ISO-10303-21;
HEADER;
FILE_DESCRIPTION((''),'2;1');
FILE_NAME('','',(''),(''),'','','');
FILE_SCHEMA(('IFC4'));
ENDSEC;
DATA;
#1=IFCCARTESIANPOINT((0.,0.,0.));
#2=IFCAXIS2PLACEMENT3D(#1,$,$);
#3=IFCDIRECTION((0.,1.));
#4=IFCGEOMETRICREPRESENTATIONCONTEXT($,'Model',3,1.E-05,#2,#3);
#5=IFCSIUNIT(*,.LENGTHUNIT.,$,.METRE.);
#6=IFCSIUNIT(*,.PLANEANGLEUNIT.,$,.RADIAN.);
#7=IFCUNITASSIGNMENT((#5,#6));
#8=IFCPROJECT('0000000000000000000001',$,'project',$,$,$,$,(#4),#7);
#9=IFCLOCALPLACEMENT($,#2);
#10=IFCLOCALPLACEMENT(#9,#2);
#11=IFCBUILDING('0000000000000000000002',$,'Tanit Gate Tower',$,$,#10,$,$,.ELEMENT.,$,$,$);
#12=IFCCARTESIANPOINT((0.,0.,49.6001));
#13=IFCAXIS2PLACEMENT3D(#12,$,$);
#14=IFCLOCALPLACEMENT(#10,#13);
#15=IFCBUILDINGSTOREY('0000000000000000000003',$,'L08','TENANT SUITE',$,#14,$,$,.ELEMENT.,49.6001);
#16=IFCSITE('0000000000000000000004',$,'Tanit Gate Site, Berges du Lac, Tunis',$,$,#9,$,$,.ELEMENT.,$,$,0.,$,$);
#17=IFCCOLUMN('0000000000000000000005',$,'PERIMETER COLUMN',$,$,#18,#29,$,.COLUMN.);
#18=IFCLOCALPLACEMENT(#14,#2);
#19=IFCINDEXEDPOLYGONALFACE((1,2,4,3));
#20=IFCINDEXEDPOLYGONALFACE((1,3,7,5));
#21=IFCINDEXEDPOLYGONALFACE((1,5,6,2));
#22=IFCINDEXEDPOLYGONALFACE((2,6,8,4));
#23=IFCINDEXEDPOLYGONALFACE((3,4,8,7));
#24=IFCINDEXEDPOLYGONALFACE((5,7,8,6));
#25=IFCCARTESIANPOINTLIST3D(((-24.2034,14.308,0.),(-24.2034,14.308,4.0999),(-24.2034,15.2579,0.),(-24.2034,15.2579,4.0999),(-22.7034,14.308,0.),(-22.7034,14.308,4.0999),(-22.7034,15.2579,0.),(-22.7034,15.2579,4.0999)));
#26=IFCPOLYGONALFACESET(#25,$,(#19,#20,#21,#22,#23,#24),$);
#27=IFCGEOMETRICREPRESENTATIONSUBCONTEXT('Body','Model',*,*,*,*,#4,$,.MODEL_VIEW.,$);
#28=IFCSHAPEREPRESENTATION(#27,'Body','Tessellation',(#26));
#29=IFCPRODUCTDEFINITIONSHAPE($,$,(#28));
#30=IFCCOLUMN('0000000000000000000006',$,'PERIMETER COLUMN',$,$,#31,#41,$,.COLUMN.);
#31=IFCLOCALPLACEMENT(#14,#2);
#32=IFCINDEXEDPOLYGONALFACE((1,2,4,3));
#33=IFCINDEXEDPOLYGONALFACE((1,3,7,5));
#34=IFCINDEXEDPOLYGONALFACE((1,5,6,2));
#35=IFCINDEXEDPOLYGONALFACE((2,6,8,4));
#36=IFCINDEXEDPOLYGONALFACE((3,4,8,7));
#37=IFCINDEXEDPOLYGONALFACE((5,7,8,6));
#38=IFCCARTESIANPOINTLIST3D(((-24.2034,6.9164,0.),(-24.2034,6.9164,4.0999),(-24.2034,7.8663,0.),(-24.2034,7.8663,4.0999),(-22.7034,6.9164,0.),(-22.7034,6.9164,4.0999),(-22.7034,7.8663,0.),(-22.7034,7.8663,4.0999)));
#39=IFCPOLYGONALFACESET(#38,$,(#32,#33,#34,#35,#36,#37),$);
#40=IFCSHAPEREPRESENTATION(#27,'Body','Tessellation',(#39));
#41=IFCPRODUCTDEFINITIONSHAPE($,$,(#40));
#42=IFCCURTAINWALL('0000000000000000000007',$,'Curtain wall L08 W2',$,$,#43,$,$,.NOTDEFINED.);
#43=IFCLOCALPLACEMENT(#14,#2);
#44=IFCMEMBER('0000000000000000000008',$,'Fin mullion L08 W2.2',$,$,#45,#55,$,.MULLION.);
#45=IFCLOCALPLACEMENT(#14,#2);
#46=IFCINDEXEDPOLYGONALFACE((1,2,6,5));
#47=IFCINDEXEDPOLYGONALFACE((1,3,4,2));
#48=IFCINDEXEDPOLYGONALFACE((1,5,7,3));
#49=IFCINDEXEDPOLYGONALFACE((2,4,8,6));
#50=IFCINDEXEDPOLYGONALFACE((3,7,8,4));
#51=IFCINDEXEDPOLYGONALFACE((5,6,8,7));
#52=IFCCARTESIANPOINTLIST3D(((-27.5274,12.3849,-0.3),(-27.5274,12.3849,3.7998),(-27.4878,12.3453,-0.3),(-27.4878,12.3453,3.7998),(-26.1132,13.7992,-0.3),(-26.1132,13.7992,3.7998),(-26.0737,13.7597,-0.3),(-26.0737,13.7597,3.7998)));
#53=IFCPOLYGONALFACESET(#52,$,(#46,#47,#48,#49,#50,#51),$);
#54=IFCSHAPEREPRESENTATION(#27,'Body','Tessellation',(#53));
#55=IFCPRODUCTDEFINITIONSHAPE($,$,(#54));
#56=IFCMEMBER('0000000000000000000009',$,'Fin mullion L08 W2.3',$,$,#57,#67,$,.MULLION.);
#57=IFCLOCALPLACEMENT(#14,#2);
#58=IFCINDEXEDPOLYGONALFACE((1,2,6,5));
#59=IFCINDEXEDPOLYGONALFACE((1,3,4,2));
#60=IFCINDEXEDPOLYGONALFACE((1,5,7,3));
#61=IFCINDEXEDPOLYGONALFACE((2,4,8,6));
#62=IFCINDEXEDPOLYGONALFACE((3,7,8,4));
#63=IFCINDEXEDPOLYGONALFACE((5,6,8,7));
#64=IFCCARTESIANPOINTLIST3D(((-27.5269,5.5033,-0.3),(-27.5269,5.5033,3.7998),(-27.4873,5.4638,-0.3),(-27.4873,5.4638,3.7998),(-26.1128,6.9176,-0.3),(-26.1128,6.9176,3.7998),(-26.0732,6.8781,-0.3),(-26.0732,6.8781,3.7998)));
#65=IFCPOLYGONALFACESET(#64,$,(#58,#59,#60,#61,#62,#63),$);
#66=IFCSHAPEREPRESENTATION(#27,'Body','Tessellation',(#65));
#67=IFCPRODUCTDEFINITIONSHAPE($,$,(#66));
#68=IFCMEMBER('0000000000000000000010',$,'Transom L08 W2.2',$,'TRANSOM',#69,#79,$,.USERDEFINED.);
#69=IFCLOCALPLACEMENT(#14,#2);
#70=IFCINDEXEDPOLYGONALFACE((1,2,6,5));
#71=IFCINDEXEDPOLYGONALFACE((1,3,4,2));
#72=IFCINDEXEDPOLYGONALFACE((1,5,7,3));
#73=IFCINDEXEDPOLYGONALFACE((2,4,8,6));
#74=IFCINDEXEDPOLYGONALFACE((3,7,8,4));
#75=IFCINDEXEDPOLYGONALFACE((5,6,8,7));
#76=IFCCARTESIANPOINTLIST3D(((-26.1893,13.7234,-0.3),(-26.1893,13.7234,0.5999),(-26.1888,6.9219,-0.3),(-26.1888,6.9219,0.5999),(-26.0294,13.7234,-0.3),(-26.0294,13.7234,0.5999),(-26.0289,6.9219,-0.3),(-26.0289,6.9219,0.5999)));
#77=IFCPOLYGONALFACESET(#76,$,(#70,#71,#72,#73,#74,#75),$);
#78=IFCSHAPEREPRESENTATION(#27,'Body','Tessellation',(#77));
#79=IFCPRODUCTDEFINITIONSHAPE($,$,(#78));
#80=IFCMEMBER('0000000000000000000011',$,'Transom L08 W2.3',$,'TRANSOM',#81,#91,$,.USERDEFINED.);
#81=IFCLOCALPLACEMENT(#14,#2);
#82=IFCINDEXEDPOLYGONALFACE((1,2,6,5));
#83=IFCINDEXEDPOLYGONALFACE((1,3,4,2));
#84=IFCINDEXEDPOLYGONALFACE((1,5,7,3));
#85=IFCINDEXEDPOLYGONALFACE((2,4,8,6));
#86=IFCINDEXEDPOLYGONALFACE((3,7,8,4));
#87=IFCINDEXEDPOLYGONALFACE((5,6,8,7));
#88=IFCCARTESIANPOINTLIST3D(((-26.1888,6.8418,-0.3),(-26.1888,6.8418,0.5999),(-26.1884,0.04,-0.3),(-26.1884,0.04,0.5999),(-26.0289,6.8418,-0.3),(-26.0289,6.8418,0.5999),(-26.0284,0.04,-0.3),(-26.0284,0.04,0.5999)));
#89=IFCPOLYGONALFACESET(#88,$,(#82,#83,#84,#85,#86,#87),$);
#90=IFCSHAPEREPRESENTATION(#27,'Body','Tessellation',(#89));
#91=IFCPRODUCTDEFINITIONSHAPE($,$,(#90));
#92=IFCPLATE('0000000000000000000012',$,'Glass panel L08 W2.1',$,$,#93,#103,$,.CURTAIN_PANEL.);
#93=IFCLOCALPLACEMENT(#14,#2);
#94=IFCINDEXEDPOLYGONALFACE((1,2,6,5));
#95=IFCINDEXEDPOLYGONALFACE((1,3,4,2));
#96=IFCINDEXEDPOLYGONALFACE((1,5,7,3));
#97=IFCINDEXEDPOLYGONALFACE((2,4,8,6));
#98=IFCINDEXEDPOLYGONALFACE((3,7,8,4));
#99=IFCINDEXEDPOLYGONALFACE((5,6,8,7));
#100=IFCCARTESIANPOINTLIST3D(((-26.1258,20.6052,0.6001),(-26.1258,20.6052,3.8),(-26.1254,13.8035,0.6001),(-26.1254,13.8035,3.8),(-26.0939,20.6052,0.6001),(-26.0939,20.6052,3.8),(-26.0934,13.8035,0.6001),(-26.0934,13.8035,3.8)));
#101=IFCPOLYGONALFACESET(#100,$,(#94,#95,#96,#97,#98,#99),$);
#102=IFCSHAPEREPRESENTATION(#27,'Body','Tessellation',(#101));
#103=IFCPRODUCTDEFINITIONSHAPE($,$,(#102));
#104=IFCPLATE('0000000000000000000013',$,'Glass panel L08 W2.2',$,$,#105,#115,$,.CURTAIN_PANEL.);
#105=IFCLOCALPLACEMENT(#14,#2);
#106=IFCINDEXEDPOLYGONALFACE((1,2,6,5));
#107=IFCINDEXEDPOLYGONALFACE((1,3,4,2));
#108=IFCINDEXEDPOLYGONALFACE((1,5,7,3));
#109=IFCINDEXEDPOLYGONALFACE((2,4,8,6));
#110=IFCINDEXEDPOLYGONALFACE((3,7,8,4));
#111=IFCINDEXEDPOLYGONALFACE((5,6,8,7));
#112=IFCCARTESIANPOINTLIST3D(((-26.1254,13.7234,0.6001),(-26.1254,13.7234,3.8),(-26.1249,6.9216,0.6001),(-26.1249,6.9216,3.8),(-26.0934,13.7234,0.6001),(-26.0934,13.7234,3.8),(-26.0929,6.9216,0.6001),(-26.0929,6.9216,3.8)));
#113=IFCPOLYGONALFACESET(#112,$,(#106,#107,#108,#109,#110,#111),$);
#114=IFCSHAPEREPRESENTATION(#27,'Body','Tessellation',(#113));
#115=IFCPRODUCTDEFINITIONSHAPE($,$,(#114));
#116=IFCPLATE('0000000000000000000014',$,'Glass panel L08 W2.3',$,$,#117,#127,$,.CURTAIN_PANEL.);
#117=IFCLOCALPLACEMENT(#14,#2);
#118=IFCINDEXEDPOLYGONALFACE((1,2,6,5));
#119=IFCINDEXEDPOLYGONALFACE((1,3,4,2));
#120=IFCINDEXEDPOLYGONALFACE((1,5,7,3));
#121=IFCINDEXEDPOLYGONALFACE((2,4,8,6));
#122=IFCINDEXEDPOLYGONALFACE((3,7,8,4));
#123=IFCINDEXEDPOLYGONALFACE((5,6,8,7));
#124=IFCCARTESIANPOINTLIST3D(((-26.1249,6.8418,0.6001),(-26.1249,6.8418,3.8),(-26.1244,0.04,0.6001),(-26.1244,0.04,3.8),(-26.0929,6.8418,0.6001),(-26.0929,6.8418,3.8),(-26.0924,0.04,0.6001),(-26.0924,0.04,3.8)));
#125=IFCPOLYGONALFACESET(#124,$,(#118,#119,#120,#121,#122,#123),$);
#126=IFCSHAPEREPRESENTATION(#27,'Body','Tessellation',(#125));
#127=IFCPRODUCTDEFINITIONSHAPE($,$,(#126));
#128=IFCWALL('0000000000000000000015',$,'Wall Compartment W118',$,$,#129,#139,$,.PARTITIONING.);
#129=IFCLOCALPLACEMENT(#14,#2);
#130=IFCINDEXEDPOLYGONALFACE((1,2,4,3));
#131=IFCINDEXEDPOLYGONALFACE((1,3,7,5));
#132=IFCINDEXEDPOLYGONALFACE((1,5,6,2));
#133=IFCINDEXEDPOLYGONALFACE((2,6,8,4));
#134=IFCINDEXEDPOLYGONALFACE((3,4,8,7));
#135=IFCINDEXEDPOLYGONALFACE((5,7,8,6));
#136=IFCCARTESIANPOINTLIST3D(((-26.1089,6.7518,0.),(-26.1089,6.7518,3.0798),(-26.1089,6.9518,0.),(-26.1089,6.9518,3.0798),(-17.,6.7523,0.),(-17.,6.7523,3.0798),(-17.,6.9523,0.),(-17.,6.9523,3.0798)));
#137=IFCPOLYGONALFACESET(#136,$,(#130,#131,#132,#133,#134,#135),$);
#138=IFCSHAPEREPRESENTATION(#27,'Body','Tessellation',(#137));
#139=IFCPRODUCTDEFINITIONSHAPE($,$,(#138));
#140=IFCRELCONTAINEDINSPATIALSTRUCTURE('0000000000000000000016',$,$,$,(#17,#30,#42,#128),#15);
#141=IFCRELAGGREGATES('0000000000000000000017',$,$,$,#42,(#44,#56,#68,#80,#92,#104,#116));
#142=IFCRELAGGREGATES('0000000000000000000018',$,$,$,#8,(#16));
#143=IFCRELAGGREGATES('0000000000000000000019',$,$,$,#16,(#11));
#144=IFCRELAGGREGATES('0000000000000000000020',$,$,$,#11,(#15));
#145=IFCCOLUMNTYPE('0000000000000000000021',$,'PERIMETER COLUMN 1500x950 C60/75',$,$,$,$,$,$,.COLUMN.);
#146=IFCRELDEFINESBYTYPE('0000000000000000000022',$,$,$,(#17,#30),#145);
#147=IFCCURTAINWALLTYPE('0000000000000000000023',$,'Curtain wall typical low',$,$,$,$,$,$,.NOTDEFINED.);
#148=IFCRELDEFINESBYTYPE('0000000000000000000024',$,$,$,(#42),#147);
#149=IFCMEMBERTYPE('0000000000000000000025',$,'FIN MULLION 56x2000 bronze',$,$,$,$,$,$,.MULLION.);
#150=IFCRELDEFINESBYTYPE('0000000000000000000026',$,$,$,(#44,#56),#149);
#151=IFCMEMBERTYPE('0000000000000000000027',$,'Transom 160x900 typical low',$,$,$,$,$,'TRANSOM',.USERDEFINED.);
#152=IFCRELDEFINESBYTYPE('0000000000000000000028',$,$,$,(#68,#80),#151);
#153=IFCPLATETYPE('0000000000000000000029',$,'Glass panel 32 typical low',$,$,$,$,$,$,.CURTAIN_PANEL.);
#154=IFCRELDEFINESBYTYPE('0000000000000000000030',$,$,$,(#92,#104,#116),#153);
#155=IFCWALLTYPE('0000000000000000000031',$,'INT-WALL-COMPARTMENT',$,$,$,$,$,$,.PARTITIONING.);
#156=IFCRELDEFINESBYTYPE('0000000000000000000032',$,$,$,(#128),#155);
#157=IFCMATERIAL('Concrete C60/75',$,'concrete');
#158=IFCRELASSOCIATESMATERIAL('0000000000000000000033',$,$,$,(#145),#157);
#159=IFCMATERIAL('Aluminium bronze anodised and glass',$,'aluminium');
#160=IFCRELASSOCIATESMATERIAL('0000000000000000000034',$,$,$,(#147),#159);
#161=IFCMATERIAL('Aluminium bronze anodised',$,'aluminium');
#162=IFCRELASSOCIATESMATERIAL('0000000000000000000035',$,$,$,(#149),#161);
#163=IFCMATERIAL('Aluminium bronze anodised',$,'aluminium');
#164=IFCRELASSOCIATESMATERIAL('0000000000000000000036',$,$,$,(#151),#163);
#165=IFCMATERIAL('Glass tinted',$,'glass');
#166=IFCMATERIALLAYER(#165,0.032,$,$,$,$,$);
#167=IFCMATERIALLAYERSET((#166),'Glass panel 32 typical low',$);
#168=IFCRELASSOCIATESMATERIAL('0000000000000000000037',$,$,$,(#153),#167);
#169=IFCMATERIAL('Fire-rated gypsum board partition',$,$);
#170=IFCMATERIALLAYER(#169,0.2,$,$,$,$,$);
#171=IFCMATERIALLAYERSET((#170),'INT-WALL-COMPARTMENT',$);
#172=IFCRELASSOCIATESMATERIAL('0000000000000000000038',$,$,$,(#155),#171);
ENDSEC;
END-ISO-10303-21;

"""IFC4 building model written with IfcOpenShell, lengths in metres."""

from ifc_helpers import new_model, si_unit, direction, frame, frame_2d, origin, origin_2d, place, context, subcontext, project, spatial, rectangle, extrude, material, layer, layer_set, material_profile, profile_set, type_object, element, aggregate, save


model = new_model("IFC4")

# Units and contexts
model_context = context("Model", 3, precision=1e-05, world=origin(), true_north=direction((0.0, 1.0)))
body_context = subcontext(model_context, "Body", "Model", "MODEL_VIEW")
ifc_project = project(units=[si_unit("LENGTHUNIT", "METRE"), si_unit("PLANEANGLEUNIT", "RADIAN")], contexts=[model_context])

# Site, building, storey
site_placement = place(None, origin())
site = spatial("IfcSite", under=ifc_project, at=site_placement, Name="Tanit Gate Site, Berges du Lac, Tunis", CompositionType="ELEMENT", RefElevation=0.0)
building_placement = place(site_placement, origin())
building = spatial("IfcBuilding", under=site, at=building_placement, Name="Tanit Gate Tower", CompositionType="ELEMENT")
storey_placement = place(building_placement, frame((0.0, 0.0, 49.6001)))
storey = spatial("IfcBuildingStorey", under=building, at=storey_placement, Name="L08", Description="TENANT SUITE", CompositionType="ELEMENT", Elevation=49.6001)

# Columns
ifc_material_1 = material(Name="Concrete C60/75", Category="concrete")
ifc_material_profile_1 = material_profile(ifc_material_1, rectangle(XDim=1.5, YDim=0.95, at=origin_2d()), Name="RC 1500x950")
ifc_profile_set_1 = profile_set([ifc_material_profile_1], Name="Concrete C60/75")
column_type = type_object("IfcColumnType", Name="PERIMETER COLUMN 1500x950 C60/75", PredefinedType="COLUMN", material=ifc_profile_set_1)
for number, where, z_axis, x_axis, name in (
    (1, (-23.4534, 14.783, 0.0), (0.0, 0.0, 1.0), (-1.0, 0.0, 0.0), "PERIMETER COLUMN"),
    (2, (-23.4534, 7.3914, 0.0), (0.0, 0.0, 1.0), (-1.0, 0.0, 0.0), "PERIMETER COLUMN"),
):
    element("IfcColumn", number, at=place(storey_placement, frame(where, z_axis=z_axis, x_axis=x_axis)), inside=storey, type_object=column_type, Name=name, PredefinedType="COLUMN", context=body_context, shape_type="SweptSolid", body=[
        extrude(rectangle(XDim=1.5, YDim=0.95, at=origin_2d()), origin(), (0.0, 0.0, 1.0), 4.0999),
    ])

# Curtain wall, members, plates
ifc_material_2 = material(Name="Aluminium bronze anodised and glass", Category="aluminium")
curtain_wall_type = type_object("IfcCurtainWallType", Name="Curtain wall typical low", PredefinedType="NOTDEFINED", material=ifc_material_2)
curtain_wall_placement = place(storey_placement, origin())
curtain_wall = element("IfcCurtainWall", 3, at=curtain_wall_placement, inside=storey, type_object=curtain_wall_type, Name="Curtain wall L08 W2", PredefinedType="NOTDEFINED")
ifc_material_3 = material(Name="Aluminium bronze anodised", Category="aluminium")
ifc_material_profile_2 = material_profile(ifc_material_3, rectangle(XDim=2.0, YDim=0.0559, at=origin_2d()), Name="56x2000 bronze fin mullion")
ifc_profile_set_2 = profile_set([ifc_material_profile_2], Name="Aluminium bronze anodised")
member_type_1 = type_object("IfcMemberType", Name="FIN MULLION 56x2000 bronze", PredefinedType="MULLION", material=ifc_profile_set_2)
member_1_placement = place(storey_placement, frame((-26.8005, 13.0723, -0.3), z_axis=(0.0, 0.0, 1.0), x_axis=(0.707058, 0.707156, 0.0)))
member_1 = element("IfcMember", 4, at=member_1_placement, type_object=member_type_1, Name="Fin mullion L08 W2.2", PredefinedType="MULLION", context=body_context, shape_type="SweptSolid", body=[
    extrude(rectangle(XDim=2.0, YDim=0.0559, at=origin_2d()), origin(), (0.0, 0.0, 1.0), 4.0999),
])
member_2_placement = place(storey_placement, frame((-26.8, 6.1907, -0.3), z_axis=(0.0, 0.0, 1.0), x_axis=(0.707058, 0.707156, 0.0)))
member_2 = element("IfcMember", 5, at=member_2_placement, type_object=member_type_1, Name="Fin mullion L08 W2.3", PredefinedType="MULLION", context=body_context, shape_type="SweptSolid", body=[
    extrude(rectangle(XDim=2.0, YDim=0.0559, at=origin_2d()), origin(), (0.0, 0.0, 1.0), 4.0999),
])
ifc_material_4 = material(Name="Aluminium bronze anodised", Category="aluminium")
ifc_material_profile_3 = material_profile(ifc_material_4, rectangle(XDim=0.1599, YDim=0.8999, at=origin_2d()), Name="160x900 bronze transom")
ifc_profile_set_3 = profile_set([ifc_material_profile_3], Name="Aluminium bronze anodised")
member_type_2 = type_object("IfcMemberType", Name="Transom 160x900 typical low", ElementType="TRANSOM", PredefinedType="USERDEFINED", material=ifc_profile_set_3)
member_3_placement = place(storey_placement, frame((-26.1094, 13.7234, 0.1499), z_axis=(0.000072, -1.0, 0.0), x_axis=(1.0, 0.000072, 0.0)))
member_3 = element("IfcMember", 6, at=member_3_placement, type_object=member_type_2, Name="Transom L08 W2.2", ObjectType="TRANSOM", PredefinedType="USERDEFINED", context=body_context, shape_type="SweptSolid", body=[
    extrude(rectangle(XDim=0.1599, YDim=0.8999, at=origin_2d()), origin(), (0.0, 0.0, 1.0), 6.8015),
])
member_4_placement = place(storey_placement, frame((-26.1089, 6.8418, 0.1499), z_axis=(0.000072, -1.0, 0.0), x_axis=(1.0, 0.000072, 0.0)))
member_4 = element("IfcMember", 7, at=member_4_placement, type_object=member_type_2, Name="Transom L08 W2.3", ObjectType="TRANSOM", PredefinedType="USERDEFINED", context=body_context, shape_type="SweptSolid", body=[
    extrude(rectangle(XDim=0.1599, YDim=0.8999, at=origin_2d()), origin(), (0.0, 0.0, 1.0), 6.8018),
])
ifc_material_5 = material(Name="Glass tinted", Category="glass")
ifc_layer_1 = layer(ifc_material_5, 0.032)
ifc_layer_set_1 = layer_set([ifc_layer_1], Name="Glass panel 32 typical low")
plate_type = type_object("IfcPlateType", Name="Glass panel 32 typical low", PredefinedType="CURTAIN_PANEL", material=ifc_layer_set_1)
plate_1_placement = place(storey_placement, frame((-26.1096, 17.2043, 0.6001), z_axis=(0.0, 0.0, 1.0), x_axis=(0.000069, -1.0, 0.0)))
plate_1 = element("IfcPlate", 8, at=plate_1_placement, type_object=plate_type, Name="Glass panel L08 W2.1", PredefinedType="CURTAIN_PANEL", context=body_context, shape_type="SweptSolid", body=[
    extrude(rectangle(XDim=6.8018, YDim=0.032, at=origin_2d()), origin(), (0.0, 0.0, 1.0), 3.2),
])
plate_2_placement = place(storey_placement, frame((-26.1091, 10.3225, 0.6001), z_axis=(0.0, 0.0, 1.0), x_axis=(0.000069, -1.0, 0.0)))
plate_2 = element("IfcPlate", 9, at=plate_2_placement, type_object=plate_type, Name="Glass panel L08 W2.2", PredefinedType="CURTAIN_PANEL", context=body_context, shape_type="SweptSolid", body=[
    extrude(rectangle(XDim=6.8018, YDim=0.032, at=origin_2d()), origin(), (0.0, 0.0, 1.0), 3.2),
])
plate_3_placement = place(storey_placement, frame((-26.1086, 3.4409, 0.6001), z_axis=(0.0, 0.0, 1.0), x_axis=(0.000069, -1.0, 0.0)))
plate_3 = element("IfcPlate", 10, at=plate_3_placement, type_object=plate_type, Name="Glass panel L08 W2.3", PredefinedType="CURTAIN_PANEL", context=body_context, shape_type="SweptSolid", body=[
    extrude(rectangle(XDim=6.8018, YDim=0.032, at=origin_2d()), origin(), (0.0, 0.0, 1.0), 3.2),
])
aggregate(curtain_wall, [member_1, member_2, member_3, member_4, plate_1, plate_2, plate_3])

# Wall
ifc_material_6 = material(Name="Fire-rated gypsum board partition")
ifc_layer_2 = layer(ifc_material_6, 0.2)
ifc_layer_set_2 = layer_set([ifc_layer_2], Name="INT-WALL-COMPARTMENT")
wall_type = type_object("IfcWallType", Name="INT-WALL-COMPARTMENT", PredefinedType="PARTITIONING", material=ifc_layer_set_2)
wall_placement = place(storey_placement, frame((-26.1089, 6.8518, 0.0), z_axis=(0.0, 0.0, 1.0), x_axis=(1.0, 0.000054, 0.0)))
element("IfcWall", 11, at=wall_placement, inside=storey, type_object=wall_type, Name="Wall Compartment W118", PredefinedType="PARTITIONING", context=body_context, shape_type="SweptSolid", body=[
    extrude(rectangle(XDim=9.1089, YDim=0.2, at=frame_2d((4.5544, 0.0))), origin(), (0.0, 0.0, 1.0), 3.0798),
])

save(model, "model.ifc")
